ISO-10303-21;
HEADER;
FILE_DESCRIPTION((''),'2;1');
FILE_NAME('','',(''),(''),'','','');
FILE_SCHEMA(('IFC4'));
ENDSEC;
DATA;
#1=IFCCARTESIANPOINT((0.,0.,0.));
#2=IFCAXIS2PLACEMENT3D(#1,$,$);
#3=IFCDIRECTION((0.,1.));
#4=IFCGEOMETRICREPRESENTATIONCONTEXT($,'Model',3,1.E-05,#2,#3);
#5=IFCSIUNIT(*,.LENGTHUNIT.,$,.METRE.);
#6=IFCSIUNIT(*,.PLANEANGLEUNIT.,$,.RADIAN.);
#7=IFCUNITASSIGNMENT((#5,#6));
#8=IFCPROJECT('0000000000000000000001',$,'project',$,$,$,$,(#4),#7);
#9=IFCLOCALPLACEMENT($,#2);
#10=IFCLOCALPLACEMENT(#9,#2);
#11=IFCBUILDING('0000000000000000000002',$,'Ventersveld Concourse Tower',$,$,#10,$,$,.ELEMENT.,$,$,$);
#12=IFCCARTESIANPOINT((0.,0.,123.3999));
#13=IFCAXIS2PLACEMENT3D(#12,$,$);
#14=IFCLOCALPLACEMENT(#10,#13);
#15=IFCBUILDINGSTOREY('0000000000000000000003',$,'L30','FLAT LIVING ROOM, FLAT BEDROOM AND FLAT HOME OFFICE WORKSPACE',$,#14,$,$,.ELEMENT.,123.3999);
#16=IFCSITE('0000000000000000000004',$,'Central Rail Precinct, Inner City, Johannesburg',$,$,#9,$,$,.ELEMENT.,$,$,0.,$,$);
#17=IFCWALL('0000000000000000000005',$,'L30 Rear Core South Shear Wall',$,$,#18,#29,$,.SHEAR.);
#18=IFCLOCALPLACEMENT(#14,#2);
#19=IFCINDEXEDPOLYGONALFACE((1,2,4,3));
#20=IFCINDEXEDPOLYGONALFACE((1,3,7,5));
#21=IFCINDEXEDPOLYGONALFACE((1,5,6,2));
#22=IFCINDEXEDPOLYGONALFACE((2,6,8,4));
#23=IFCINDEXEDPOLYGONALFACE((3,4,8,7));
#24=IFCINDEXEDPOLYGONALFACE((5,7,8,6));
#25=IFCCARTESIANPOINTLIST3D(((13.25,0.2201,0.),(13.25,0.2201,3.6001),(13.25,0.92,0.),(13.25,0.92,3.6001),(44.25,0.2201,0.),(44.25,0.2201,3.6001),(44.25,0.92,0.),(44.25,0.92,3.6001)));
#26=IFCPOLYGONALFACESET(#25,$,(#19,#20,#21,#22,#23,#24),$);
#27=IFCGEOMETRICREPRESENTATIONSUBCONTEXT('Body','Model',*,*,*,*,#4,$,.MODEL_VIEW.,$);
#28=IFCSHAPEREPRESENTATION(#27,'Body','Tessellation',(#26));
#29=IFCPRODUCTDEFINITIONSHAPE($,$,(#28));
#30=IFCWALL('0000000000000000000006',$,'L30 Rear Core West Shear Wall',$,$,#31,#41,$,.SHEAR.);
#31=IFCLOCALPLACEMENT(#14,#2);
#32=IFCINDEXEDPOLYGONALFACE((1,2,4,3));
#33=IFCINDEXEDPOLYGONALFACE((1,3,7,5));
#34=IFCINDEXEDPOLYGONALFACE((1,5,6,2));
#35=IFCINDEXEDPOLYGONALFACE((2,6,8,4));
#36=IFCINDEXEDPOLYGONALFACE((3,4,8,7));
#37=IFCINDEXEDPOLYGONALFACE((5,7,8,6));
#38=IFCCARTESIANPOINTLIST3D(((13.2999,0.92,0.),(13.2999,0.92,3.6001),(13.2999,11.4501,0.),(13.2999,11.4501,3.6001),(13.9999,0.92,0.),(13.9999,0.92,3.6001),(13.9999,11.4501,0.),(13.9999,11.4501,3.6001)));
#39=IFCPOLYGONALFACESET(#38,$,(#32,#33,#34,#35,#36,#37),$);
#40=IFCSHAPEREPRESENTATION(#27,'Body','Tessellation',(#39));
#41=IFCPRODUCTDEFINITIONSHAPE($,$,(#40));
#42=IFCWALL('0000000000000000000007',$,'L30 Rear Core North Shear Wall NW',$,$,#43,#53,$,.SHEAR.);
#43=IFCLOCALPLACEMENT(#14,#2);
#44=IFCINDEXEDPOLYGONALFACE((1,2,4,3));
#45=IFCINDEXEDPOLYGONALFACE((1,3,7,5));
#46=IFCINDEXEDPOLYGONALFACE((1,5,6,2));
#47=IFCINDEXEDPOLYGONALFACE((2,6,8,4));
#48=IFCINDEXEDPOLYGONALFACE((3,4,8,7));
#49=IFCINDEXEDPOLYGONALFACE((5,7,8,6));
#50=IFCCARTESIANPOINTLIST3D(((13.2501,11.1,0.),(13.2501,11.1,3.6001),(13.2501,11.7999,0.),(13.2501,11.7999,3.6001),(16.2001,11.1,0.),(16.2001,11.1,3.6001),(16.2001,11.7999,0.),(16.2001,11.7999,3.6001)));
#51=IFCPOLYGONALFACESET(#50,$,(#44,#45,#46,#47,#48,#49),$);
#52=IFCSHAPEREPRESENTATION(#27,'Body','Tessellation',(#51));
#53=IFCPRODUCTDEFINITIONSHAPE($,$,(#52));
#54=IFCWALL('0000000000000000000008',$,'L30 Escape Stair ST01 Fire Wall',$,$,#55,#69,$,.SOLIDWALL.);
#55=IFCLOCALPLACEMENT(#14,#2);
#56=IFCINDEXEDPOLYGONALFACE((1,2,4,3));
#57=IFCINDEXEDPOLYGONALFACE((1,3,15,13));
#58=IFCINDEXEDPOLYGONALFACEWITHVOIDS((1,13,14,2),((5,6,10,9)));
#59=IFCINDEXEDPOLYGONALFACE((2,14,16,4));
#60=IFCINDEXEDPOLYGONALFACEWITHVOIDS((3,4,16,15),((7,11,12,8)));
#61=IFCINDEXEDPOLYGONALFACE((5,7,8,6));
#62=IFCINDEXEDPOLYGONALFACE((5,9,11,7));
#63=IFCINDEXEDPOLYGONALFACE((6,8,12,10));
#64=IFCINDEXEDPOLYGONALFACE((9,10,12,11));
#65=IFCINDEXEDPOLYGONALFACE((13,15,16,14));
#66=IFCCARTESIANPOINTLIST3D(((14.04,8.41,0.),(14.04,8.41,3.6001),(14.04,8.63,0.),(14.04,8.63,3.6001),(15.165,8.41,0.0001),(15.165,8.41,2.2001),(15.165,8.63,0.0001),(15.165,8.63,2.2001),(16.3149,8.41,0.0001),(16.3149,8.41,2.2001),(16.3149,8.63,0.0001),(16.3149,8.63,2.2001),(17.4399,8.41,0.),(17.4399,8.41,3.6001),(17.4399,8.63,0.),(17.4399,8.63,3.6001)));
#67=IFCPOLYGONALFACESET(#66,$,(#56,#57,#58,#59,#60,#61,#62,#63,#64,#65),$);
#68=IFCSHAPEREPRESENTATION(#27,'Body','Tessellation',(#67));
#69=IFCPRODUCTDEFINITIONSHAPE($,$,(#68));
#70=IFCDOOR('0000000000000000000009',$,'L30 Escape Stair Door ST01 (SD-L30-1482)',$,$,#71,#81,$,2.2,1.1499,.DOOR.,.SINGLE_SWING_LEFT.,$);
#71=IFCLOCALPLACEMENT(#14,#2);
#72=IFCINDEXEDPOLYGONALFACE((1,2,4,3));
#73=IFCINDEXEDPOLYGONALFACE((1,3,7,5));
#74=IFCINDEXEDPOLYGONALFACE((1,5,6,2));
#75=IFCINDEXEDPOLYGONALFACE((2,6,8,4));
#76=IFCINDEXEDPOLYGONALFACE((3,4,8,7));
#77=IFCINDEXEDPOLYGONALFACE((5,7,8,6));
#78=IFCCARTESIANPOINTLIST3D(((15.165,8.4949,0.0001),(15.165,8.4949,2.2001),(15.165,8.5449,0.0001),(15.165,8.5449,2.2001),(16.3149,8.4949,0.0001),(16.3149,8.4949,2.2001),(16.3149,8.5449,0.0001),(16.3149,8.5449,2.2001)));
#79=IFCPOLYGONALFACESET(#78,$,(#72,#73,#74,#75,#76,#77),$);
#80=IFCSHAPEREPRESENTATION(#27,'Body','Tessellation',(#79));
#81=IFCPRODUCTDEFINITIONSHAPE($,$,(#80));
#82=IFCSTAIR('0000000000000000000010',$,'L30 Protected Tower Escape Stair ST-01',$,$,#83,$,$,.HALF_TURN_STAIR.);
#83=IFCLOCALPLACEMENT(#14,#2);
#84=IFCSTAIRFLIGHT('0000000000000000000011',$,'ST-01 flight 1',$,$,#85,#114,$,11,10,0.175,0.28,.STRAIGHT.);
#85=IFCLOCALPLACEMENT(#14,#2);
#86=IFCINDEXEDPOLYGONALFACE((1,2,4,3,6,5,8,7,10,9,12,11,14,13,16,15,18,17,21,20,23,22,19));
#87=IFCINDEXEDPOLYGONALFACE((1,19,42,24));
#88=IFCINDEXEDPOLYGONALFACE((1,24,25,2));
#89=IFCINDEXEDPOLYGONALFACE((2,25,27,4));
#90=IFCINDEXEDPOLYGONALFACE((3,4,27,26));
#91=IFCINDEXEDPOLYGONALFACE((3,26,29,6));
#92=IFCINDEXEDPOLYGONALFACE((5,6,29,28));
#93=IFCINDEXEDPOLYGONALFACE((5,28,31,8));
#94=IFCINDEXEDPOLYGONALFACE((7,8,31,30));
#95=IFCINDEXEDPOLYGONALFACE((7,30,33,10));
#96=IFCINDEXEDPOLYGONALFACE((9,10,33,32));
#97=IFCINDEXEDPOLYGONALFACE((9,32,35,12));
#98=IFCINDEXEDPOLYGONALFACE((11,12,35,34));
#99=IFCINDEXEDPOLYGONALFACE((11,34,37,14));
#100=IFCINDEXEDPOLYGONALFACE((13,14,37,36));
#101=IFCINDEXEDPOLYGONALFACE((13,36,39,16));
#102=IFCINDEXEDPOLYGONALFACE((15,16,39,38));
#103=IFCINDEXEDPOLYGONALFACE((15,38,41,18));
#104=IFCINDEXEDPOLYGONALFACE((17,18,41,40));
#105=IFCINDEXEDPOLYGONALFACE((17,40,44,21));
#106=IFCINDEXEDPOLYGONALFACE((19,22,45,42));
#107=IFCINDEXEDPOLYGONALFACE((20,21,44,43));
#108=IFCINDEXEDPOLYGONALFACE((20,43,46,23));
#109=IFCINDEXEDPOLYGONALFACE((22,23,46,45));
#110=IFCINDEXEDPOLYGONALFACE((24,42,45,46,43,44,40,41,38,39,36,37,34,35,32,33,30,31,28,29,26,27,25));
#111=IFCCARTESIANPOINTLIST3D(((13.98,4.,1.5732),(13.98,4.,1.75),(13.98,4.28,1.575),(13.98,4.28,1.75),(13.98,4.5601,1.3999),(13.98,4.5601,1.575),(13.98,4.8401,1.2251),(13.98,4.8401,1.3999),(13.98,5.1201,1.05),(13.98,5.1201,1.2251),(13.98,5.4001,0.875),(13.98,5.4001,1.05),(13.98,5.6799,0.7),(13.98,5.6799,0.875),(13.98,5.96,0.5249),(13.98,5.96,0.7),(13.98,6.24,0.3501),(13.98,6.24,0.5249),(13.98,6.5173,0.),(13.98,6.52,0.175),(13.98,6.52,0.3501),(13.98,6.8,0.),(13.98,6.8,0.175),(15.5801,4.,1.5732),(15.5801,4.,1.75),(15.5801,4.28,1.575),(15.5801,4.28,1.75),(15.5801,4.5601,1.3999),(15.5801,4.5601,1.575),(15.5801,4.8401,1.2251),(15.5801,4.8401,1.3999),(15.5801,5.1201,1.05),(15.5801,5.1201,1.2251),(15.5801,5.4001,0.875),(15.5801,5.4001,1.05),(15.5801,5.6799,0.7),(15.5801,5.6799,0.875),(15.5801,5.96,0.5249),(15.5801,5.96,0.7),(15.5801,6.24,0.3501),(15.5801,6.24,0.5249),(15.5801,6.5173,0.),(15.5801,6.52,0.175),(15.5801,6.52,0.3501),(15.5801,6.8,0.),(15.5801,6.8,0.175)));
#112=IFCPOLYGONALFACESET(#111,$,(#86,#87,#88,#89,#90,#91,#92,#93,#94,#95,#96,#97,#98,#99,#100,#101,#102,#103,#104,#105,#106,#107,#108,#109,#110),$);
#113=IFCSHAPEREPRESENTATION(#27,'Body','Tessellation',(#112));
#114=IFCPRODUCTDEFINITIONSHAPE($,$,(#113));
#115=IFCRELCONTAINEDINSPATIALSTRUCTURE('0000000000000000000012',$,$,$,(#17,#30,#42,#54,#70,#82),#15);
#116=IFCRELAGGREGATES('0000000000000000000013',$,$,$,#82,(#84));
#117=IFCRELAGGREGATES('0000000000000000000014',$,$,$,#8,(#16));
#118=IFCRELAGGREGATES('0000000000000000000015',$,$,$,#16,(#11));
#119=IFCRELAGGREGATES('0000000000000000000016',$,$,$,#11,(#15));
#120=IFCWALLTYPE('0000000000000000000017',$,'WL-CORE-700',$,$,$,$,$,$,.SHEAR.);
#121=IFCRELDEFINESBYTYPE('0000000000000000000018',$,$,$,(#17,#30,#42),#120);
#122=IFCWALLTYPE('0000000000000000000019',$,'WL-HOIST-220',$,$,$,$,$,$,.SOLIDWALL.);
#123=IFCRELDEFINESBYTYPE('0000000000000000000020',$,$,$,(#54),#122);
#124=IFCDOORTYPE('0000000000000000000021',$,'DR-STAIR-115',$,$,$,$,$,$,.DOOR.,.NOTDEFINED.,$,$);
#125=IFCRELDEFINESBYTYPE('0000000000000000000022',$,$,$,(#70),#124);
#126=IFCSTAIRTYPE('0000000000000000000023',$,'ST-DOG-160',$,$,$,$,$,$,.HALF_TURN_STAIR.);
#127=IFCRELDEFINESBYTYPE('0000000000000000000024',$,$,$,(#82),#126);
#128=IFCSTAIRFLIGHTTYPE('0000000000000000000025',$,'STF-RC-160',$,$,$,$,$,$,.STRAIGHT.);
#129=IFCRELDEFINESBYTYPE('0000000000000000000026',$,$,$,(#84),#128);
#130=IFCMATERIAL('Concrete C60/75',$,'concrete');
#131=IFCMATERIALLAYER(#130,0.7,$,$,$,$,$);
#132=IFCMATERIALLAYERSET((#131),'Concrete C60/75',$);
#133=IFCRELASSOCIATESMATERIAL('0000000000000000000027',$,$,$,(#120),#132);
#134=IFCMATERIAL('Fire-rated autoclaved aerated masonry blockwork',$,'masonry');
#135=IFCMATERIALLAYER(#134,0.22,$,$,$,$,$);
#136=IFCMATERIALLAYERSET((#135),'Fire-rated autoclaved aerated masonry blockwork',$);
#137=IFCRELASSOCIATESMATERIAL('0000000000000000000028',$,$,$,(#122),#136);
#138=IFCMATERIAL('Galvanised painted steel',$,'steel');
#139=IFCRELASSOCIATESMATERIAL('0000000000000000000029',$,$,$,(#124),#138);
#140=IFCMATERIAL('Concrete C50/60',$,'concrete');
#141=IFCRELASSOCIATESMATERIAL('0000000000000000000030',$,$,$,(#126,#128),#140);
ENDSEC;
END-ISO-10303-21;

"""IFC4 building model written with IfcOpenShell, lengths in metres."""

from ifc_helpers import new_model, si_unit, direction, frame, frame_2d, origin, place, context, subcontext, project, spatial, polyline, rectangle, outline, extrude, material, layer, layer_set, type_object, element, fill, aggregate, save


model = new_model("IFC4")

# Units and contexts
model_context = context("Model", 3, precision=1e-05, world=origin(), true_north=direction((0.0, 1.0)))
body_context = subcontext(model_context, "Body", "Model", "MODEL_VIEW")
ifc_project = project(units=[si_unit("LENGTHUNIT", "METRE"), si_unit("PLANEANGLEUNIT", "RADIAN")], contexts=[model_context])

# Site, building, storey
site_placement = place(None, origin())
site = spatial("IfcSite", under=ifc_project, at=site_placement, Name="Central Rail Precinct, Inner City, Johannesburg", CompositionType="ELEMENT", RefElevation=0.0)
building_placement = place(site_placement, origin())
building = spatial("IfcBuilding", under=site, at=building_placement, Name="Ventersveld Concourse Tower", CompositionType="ELEMENT")
storey_placement = place(building_placement, frame((0.0, 0.0, 123.3999)))
storey = spatial("IfcBuildingStorey", under=building, at=storey_placement, Name="L30", Description="FLAT LIVING ROOM, FLAT BEDROOM AND FLAT HOME OFFICE WORKSPACE", CompositionType="ELEMENT", Elevation=123.3999)

# Shared definitions
ifc_material_1 = material(Name="Concrete C50/60", Category="concrete")

# Walls
ifc_material_2 = material(Name="Concrete C60/75", Category="concrete")
ifc_layer_1 = layer(ifc_material_2, 0.7)
ifc_layer_set_1 = layer_set([ifc_layer_1], Name="Concrete C60/75")
wall_type_1 = type_object("IfcWallType", Name="WL-CORE-700", PredefinedType="SHEAR", material=ifc_layer_set_1)
wall_1_placement = place(storey_placement, frame((13.25, 0.5701, 0.0), z_axis=(0.0, 0.0, 1.0), x_axis=(1.0, 0.0, 0.0)))
element("IfcWall", 1, at=wall_1_placement, inside=storey, type_object=wall_type_1, Name="L30 Rear Core South Shear Wall", PredefinedType="SHEAR", context=body_context, shape_type="SweptSolid", body=[
    extrude(rectangle(XDim=31.0, YDim=0.7, at=frame_2d((15.5, 0.0))), origin(), (0.0, 0.0, 1.0), 3.6001),
])
wall_2_placement = place(storey_placement, frame((13.6499, 0.9199, 0.0), z_axis=(0.0, 0.0, 1.0), x_axis=(0.0, 1.0, 0.0)))
element("IfcWall", 2, at=wall_2_placement, inside=storey, type_object=wall_type_1, Name="L30 Rear Core West Shear Wall", PredefinedType="SHEAR", context=body_context, shape_type="SweptSolid", body=[
    extrude(rectangle(XDim=10.53, YDim=0.7, at=frame_2d((5.2651, 0.0))), origin(), (0.0, 0.0, 1.0), 3.6001),
])
wall_3_placement = place(storey_placement, frame((13.25, 11.45, 0.0), z_axis=(0.0, 0.0, 1.0), x_axis=(1.0, 0.0, 0.0)))
element("IfcWall", 3, at=wall_3_placement, inside=storey, type_object=wall_type_1, Name="L30 Rear Core North Shear Wall NW", PredefinedType="SHEAR", context=body_context, shape_type="SweptSolid", body=[
    extrude(rectangle(XDim=2.95, YDim=0.7, at=frame_2d((1.4751, 0.0))), origin(), (0.0, 0.0, 1.0), 3.6001),
])

# Wall, opening, door
ifc_material_3 = material(Name="Fire-rated autoclaved aerated masonry blockwork", Category="masonry")
ifc_layer_2 = layer(ifc_material_3, 0.22)
ifc_layer_set_2 = layer_set([ifc_layer_2], Name="Fire-rated autoclaved aerated masonry blockwork")
wall_type_2 = type_object("IfcWallType", Name="WL-HOIST-220", PredefinedType="SOLIDWALL", material=ifc_layer_set_2)
wall_4_placement = place(storey_placement, frame((14.04, 8.52, 0.0), z_axis=(0.0, 0.0, 1.0), x_axis=(1.0, 0.0, 0.0)))
wall_4 = element("IfcWall", 4, at=wall_4_placement, inside=storey, type_object=wall_type_2, Name="L30 Escape Stair ST01 Fire Wall", PredefinedType="SOLIDWALL", context=body_context, shape_type="SweptSolid", body=[
    extrude(rectangle(XDim=3.3999, YDim=0.22, at=frame_2d((1.7, 0.0))), origin(), (0.0, 0.0, 1.0), 3.6001),
])
opening_placement = place(wall_4_placement, frame((1.125, 0.0, 0.0)))
opening = element("IfcOpeningElement", 5, at=opening_placement, cuts=wall_4, PredefinedType="OPENING", context=body_context, shape_type="SweptSolid", body=[
    extrude(rectangle(XDim=1.1499, YDim=2.2, at=frame_2d((0.575, 1.1001))), frame((0.0, 0.1201, 0.0), z_axis=(0.0, -1.0, 0.0), x_axis=(1.0, 0.0, 0.0)), (0.0, 0.0, 1.0), 0.24),
])
ifc_material_4 = material(Name="Galvanised painted steel", Category="steel")
door_type = type_object("IfcDoorType", Name="DR-STAIR-115", OperationType="NOTDEFINED", PredefinedType="DOOR", material=ifc_material_4)
door_placement = place(opening_placement, origin())
door = element("IfcDoor", 6, at=door_placement, inside=storey, type_object=door_type, Name="L30 Escape Stair Door ST01 (SD-L30-1482)", OperationType="SINGLE_SWING_LEFT", OverallHeight=2.2, OverallWidth=1.1499, PredefinedType="DOOR", context=body_context, shape_type="SweptSolid", body=[
    extrude(rectangle(XDim=1.1499, YDim=2.2, at=frame_2d((0.575, 1.1001))), frame((0.0, 0.0249, 0.0), z_axis=(0.0, -1.0, 0.0), x_axis=(1.0, 0.0, 0.0)), (0.0, 0.0, 1.0), 0.05),
])
fill(opening, door)

# Stair, stair flight
stair_type = type_object("IfcStairType", Name="ST-DOG-160", PredefinedType="HALF_TURN_STAIR", material=ifc_material_1)
stair_placement = place(storey_placement, origin())
stair = element("IfcStair", 7, at=stair_placement, inside=storey, type_object=stair_type, Name="L30 Protected Tower Escape Stair ST-01", PredefinedType="HALF_TURN_STAIR")
stair_flight_type = type_object("IfcStairFlightType", Name="STF-RC-160", PredefinedType="STRAIGHT", material=ifc_material_1)
stair_flight_placement = place(storey_placement, frame((14.78, 6.8, 0.0), z_axis=(0.0, 0.0, 1.0), x_axis=(0.0, -1.0, 0.0)))
stair_flight = element("IfcStairFlight", 8, at=stair_flight_placement, type_object=stair_flight_type, Name="ST-01 flight 1", NumberOfRisers=11, NumberOfTreads=10, PredefinedType="STRAIGHT", RiserHeight=0.175, TreadLength=0.28, context=body_context, shape_type="SweptSolid", body=[
    extrude(outline(polyline([(0.0, 0.0), (0.0, 0.175), (0.28, 0.175), (0.28, 0.3501), (0.5601, 0.3501), (0.5601, 0.5249), (0.8401, 0.5249), (0.8401, 0.7), (1.1201, 0.7), (1.1201, 0.875), (1.3999, 0.875), (1.3999, 1.05), (1.6799, 1.05), (1.6799, 1.2251), (1.96, 1.2251), (1.96, 1.3999), (2.24, 1.3999), (2.24, 1.575), (2.52, 1.575), (2.52, 1.75), (2.8, 1.75), (2.8, 1.925), (2.8, 1.5732), (0.2827, 0.0), (0.0, 0.0)])), frame((0.0, 0.8, 0.0), z_axis=(0.0, -1.0, 0.0), x_axis=(1.0, 0.0, 0.0)), (0.0, 0.0, 1.0), 1.6001),
])
aggregate(stair, [stair_flight])

save(model, "model.ifc")
